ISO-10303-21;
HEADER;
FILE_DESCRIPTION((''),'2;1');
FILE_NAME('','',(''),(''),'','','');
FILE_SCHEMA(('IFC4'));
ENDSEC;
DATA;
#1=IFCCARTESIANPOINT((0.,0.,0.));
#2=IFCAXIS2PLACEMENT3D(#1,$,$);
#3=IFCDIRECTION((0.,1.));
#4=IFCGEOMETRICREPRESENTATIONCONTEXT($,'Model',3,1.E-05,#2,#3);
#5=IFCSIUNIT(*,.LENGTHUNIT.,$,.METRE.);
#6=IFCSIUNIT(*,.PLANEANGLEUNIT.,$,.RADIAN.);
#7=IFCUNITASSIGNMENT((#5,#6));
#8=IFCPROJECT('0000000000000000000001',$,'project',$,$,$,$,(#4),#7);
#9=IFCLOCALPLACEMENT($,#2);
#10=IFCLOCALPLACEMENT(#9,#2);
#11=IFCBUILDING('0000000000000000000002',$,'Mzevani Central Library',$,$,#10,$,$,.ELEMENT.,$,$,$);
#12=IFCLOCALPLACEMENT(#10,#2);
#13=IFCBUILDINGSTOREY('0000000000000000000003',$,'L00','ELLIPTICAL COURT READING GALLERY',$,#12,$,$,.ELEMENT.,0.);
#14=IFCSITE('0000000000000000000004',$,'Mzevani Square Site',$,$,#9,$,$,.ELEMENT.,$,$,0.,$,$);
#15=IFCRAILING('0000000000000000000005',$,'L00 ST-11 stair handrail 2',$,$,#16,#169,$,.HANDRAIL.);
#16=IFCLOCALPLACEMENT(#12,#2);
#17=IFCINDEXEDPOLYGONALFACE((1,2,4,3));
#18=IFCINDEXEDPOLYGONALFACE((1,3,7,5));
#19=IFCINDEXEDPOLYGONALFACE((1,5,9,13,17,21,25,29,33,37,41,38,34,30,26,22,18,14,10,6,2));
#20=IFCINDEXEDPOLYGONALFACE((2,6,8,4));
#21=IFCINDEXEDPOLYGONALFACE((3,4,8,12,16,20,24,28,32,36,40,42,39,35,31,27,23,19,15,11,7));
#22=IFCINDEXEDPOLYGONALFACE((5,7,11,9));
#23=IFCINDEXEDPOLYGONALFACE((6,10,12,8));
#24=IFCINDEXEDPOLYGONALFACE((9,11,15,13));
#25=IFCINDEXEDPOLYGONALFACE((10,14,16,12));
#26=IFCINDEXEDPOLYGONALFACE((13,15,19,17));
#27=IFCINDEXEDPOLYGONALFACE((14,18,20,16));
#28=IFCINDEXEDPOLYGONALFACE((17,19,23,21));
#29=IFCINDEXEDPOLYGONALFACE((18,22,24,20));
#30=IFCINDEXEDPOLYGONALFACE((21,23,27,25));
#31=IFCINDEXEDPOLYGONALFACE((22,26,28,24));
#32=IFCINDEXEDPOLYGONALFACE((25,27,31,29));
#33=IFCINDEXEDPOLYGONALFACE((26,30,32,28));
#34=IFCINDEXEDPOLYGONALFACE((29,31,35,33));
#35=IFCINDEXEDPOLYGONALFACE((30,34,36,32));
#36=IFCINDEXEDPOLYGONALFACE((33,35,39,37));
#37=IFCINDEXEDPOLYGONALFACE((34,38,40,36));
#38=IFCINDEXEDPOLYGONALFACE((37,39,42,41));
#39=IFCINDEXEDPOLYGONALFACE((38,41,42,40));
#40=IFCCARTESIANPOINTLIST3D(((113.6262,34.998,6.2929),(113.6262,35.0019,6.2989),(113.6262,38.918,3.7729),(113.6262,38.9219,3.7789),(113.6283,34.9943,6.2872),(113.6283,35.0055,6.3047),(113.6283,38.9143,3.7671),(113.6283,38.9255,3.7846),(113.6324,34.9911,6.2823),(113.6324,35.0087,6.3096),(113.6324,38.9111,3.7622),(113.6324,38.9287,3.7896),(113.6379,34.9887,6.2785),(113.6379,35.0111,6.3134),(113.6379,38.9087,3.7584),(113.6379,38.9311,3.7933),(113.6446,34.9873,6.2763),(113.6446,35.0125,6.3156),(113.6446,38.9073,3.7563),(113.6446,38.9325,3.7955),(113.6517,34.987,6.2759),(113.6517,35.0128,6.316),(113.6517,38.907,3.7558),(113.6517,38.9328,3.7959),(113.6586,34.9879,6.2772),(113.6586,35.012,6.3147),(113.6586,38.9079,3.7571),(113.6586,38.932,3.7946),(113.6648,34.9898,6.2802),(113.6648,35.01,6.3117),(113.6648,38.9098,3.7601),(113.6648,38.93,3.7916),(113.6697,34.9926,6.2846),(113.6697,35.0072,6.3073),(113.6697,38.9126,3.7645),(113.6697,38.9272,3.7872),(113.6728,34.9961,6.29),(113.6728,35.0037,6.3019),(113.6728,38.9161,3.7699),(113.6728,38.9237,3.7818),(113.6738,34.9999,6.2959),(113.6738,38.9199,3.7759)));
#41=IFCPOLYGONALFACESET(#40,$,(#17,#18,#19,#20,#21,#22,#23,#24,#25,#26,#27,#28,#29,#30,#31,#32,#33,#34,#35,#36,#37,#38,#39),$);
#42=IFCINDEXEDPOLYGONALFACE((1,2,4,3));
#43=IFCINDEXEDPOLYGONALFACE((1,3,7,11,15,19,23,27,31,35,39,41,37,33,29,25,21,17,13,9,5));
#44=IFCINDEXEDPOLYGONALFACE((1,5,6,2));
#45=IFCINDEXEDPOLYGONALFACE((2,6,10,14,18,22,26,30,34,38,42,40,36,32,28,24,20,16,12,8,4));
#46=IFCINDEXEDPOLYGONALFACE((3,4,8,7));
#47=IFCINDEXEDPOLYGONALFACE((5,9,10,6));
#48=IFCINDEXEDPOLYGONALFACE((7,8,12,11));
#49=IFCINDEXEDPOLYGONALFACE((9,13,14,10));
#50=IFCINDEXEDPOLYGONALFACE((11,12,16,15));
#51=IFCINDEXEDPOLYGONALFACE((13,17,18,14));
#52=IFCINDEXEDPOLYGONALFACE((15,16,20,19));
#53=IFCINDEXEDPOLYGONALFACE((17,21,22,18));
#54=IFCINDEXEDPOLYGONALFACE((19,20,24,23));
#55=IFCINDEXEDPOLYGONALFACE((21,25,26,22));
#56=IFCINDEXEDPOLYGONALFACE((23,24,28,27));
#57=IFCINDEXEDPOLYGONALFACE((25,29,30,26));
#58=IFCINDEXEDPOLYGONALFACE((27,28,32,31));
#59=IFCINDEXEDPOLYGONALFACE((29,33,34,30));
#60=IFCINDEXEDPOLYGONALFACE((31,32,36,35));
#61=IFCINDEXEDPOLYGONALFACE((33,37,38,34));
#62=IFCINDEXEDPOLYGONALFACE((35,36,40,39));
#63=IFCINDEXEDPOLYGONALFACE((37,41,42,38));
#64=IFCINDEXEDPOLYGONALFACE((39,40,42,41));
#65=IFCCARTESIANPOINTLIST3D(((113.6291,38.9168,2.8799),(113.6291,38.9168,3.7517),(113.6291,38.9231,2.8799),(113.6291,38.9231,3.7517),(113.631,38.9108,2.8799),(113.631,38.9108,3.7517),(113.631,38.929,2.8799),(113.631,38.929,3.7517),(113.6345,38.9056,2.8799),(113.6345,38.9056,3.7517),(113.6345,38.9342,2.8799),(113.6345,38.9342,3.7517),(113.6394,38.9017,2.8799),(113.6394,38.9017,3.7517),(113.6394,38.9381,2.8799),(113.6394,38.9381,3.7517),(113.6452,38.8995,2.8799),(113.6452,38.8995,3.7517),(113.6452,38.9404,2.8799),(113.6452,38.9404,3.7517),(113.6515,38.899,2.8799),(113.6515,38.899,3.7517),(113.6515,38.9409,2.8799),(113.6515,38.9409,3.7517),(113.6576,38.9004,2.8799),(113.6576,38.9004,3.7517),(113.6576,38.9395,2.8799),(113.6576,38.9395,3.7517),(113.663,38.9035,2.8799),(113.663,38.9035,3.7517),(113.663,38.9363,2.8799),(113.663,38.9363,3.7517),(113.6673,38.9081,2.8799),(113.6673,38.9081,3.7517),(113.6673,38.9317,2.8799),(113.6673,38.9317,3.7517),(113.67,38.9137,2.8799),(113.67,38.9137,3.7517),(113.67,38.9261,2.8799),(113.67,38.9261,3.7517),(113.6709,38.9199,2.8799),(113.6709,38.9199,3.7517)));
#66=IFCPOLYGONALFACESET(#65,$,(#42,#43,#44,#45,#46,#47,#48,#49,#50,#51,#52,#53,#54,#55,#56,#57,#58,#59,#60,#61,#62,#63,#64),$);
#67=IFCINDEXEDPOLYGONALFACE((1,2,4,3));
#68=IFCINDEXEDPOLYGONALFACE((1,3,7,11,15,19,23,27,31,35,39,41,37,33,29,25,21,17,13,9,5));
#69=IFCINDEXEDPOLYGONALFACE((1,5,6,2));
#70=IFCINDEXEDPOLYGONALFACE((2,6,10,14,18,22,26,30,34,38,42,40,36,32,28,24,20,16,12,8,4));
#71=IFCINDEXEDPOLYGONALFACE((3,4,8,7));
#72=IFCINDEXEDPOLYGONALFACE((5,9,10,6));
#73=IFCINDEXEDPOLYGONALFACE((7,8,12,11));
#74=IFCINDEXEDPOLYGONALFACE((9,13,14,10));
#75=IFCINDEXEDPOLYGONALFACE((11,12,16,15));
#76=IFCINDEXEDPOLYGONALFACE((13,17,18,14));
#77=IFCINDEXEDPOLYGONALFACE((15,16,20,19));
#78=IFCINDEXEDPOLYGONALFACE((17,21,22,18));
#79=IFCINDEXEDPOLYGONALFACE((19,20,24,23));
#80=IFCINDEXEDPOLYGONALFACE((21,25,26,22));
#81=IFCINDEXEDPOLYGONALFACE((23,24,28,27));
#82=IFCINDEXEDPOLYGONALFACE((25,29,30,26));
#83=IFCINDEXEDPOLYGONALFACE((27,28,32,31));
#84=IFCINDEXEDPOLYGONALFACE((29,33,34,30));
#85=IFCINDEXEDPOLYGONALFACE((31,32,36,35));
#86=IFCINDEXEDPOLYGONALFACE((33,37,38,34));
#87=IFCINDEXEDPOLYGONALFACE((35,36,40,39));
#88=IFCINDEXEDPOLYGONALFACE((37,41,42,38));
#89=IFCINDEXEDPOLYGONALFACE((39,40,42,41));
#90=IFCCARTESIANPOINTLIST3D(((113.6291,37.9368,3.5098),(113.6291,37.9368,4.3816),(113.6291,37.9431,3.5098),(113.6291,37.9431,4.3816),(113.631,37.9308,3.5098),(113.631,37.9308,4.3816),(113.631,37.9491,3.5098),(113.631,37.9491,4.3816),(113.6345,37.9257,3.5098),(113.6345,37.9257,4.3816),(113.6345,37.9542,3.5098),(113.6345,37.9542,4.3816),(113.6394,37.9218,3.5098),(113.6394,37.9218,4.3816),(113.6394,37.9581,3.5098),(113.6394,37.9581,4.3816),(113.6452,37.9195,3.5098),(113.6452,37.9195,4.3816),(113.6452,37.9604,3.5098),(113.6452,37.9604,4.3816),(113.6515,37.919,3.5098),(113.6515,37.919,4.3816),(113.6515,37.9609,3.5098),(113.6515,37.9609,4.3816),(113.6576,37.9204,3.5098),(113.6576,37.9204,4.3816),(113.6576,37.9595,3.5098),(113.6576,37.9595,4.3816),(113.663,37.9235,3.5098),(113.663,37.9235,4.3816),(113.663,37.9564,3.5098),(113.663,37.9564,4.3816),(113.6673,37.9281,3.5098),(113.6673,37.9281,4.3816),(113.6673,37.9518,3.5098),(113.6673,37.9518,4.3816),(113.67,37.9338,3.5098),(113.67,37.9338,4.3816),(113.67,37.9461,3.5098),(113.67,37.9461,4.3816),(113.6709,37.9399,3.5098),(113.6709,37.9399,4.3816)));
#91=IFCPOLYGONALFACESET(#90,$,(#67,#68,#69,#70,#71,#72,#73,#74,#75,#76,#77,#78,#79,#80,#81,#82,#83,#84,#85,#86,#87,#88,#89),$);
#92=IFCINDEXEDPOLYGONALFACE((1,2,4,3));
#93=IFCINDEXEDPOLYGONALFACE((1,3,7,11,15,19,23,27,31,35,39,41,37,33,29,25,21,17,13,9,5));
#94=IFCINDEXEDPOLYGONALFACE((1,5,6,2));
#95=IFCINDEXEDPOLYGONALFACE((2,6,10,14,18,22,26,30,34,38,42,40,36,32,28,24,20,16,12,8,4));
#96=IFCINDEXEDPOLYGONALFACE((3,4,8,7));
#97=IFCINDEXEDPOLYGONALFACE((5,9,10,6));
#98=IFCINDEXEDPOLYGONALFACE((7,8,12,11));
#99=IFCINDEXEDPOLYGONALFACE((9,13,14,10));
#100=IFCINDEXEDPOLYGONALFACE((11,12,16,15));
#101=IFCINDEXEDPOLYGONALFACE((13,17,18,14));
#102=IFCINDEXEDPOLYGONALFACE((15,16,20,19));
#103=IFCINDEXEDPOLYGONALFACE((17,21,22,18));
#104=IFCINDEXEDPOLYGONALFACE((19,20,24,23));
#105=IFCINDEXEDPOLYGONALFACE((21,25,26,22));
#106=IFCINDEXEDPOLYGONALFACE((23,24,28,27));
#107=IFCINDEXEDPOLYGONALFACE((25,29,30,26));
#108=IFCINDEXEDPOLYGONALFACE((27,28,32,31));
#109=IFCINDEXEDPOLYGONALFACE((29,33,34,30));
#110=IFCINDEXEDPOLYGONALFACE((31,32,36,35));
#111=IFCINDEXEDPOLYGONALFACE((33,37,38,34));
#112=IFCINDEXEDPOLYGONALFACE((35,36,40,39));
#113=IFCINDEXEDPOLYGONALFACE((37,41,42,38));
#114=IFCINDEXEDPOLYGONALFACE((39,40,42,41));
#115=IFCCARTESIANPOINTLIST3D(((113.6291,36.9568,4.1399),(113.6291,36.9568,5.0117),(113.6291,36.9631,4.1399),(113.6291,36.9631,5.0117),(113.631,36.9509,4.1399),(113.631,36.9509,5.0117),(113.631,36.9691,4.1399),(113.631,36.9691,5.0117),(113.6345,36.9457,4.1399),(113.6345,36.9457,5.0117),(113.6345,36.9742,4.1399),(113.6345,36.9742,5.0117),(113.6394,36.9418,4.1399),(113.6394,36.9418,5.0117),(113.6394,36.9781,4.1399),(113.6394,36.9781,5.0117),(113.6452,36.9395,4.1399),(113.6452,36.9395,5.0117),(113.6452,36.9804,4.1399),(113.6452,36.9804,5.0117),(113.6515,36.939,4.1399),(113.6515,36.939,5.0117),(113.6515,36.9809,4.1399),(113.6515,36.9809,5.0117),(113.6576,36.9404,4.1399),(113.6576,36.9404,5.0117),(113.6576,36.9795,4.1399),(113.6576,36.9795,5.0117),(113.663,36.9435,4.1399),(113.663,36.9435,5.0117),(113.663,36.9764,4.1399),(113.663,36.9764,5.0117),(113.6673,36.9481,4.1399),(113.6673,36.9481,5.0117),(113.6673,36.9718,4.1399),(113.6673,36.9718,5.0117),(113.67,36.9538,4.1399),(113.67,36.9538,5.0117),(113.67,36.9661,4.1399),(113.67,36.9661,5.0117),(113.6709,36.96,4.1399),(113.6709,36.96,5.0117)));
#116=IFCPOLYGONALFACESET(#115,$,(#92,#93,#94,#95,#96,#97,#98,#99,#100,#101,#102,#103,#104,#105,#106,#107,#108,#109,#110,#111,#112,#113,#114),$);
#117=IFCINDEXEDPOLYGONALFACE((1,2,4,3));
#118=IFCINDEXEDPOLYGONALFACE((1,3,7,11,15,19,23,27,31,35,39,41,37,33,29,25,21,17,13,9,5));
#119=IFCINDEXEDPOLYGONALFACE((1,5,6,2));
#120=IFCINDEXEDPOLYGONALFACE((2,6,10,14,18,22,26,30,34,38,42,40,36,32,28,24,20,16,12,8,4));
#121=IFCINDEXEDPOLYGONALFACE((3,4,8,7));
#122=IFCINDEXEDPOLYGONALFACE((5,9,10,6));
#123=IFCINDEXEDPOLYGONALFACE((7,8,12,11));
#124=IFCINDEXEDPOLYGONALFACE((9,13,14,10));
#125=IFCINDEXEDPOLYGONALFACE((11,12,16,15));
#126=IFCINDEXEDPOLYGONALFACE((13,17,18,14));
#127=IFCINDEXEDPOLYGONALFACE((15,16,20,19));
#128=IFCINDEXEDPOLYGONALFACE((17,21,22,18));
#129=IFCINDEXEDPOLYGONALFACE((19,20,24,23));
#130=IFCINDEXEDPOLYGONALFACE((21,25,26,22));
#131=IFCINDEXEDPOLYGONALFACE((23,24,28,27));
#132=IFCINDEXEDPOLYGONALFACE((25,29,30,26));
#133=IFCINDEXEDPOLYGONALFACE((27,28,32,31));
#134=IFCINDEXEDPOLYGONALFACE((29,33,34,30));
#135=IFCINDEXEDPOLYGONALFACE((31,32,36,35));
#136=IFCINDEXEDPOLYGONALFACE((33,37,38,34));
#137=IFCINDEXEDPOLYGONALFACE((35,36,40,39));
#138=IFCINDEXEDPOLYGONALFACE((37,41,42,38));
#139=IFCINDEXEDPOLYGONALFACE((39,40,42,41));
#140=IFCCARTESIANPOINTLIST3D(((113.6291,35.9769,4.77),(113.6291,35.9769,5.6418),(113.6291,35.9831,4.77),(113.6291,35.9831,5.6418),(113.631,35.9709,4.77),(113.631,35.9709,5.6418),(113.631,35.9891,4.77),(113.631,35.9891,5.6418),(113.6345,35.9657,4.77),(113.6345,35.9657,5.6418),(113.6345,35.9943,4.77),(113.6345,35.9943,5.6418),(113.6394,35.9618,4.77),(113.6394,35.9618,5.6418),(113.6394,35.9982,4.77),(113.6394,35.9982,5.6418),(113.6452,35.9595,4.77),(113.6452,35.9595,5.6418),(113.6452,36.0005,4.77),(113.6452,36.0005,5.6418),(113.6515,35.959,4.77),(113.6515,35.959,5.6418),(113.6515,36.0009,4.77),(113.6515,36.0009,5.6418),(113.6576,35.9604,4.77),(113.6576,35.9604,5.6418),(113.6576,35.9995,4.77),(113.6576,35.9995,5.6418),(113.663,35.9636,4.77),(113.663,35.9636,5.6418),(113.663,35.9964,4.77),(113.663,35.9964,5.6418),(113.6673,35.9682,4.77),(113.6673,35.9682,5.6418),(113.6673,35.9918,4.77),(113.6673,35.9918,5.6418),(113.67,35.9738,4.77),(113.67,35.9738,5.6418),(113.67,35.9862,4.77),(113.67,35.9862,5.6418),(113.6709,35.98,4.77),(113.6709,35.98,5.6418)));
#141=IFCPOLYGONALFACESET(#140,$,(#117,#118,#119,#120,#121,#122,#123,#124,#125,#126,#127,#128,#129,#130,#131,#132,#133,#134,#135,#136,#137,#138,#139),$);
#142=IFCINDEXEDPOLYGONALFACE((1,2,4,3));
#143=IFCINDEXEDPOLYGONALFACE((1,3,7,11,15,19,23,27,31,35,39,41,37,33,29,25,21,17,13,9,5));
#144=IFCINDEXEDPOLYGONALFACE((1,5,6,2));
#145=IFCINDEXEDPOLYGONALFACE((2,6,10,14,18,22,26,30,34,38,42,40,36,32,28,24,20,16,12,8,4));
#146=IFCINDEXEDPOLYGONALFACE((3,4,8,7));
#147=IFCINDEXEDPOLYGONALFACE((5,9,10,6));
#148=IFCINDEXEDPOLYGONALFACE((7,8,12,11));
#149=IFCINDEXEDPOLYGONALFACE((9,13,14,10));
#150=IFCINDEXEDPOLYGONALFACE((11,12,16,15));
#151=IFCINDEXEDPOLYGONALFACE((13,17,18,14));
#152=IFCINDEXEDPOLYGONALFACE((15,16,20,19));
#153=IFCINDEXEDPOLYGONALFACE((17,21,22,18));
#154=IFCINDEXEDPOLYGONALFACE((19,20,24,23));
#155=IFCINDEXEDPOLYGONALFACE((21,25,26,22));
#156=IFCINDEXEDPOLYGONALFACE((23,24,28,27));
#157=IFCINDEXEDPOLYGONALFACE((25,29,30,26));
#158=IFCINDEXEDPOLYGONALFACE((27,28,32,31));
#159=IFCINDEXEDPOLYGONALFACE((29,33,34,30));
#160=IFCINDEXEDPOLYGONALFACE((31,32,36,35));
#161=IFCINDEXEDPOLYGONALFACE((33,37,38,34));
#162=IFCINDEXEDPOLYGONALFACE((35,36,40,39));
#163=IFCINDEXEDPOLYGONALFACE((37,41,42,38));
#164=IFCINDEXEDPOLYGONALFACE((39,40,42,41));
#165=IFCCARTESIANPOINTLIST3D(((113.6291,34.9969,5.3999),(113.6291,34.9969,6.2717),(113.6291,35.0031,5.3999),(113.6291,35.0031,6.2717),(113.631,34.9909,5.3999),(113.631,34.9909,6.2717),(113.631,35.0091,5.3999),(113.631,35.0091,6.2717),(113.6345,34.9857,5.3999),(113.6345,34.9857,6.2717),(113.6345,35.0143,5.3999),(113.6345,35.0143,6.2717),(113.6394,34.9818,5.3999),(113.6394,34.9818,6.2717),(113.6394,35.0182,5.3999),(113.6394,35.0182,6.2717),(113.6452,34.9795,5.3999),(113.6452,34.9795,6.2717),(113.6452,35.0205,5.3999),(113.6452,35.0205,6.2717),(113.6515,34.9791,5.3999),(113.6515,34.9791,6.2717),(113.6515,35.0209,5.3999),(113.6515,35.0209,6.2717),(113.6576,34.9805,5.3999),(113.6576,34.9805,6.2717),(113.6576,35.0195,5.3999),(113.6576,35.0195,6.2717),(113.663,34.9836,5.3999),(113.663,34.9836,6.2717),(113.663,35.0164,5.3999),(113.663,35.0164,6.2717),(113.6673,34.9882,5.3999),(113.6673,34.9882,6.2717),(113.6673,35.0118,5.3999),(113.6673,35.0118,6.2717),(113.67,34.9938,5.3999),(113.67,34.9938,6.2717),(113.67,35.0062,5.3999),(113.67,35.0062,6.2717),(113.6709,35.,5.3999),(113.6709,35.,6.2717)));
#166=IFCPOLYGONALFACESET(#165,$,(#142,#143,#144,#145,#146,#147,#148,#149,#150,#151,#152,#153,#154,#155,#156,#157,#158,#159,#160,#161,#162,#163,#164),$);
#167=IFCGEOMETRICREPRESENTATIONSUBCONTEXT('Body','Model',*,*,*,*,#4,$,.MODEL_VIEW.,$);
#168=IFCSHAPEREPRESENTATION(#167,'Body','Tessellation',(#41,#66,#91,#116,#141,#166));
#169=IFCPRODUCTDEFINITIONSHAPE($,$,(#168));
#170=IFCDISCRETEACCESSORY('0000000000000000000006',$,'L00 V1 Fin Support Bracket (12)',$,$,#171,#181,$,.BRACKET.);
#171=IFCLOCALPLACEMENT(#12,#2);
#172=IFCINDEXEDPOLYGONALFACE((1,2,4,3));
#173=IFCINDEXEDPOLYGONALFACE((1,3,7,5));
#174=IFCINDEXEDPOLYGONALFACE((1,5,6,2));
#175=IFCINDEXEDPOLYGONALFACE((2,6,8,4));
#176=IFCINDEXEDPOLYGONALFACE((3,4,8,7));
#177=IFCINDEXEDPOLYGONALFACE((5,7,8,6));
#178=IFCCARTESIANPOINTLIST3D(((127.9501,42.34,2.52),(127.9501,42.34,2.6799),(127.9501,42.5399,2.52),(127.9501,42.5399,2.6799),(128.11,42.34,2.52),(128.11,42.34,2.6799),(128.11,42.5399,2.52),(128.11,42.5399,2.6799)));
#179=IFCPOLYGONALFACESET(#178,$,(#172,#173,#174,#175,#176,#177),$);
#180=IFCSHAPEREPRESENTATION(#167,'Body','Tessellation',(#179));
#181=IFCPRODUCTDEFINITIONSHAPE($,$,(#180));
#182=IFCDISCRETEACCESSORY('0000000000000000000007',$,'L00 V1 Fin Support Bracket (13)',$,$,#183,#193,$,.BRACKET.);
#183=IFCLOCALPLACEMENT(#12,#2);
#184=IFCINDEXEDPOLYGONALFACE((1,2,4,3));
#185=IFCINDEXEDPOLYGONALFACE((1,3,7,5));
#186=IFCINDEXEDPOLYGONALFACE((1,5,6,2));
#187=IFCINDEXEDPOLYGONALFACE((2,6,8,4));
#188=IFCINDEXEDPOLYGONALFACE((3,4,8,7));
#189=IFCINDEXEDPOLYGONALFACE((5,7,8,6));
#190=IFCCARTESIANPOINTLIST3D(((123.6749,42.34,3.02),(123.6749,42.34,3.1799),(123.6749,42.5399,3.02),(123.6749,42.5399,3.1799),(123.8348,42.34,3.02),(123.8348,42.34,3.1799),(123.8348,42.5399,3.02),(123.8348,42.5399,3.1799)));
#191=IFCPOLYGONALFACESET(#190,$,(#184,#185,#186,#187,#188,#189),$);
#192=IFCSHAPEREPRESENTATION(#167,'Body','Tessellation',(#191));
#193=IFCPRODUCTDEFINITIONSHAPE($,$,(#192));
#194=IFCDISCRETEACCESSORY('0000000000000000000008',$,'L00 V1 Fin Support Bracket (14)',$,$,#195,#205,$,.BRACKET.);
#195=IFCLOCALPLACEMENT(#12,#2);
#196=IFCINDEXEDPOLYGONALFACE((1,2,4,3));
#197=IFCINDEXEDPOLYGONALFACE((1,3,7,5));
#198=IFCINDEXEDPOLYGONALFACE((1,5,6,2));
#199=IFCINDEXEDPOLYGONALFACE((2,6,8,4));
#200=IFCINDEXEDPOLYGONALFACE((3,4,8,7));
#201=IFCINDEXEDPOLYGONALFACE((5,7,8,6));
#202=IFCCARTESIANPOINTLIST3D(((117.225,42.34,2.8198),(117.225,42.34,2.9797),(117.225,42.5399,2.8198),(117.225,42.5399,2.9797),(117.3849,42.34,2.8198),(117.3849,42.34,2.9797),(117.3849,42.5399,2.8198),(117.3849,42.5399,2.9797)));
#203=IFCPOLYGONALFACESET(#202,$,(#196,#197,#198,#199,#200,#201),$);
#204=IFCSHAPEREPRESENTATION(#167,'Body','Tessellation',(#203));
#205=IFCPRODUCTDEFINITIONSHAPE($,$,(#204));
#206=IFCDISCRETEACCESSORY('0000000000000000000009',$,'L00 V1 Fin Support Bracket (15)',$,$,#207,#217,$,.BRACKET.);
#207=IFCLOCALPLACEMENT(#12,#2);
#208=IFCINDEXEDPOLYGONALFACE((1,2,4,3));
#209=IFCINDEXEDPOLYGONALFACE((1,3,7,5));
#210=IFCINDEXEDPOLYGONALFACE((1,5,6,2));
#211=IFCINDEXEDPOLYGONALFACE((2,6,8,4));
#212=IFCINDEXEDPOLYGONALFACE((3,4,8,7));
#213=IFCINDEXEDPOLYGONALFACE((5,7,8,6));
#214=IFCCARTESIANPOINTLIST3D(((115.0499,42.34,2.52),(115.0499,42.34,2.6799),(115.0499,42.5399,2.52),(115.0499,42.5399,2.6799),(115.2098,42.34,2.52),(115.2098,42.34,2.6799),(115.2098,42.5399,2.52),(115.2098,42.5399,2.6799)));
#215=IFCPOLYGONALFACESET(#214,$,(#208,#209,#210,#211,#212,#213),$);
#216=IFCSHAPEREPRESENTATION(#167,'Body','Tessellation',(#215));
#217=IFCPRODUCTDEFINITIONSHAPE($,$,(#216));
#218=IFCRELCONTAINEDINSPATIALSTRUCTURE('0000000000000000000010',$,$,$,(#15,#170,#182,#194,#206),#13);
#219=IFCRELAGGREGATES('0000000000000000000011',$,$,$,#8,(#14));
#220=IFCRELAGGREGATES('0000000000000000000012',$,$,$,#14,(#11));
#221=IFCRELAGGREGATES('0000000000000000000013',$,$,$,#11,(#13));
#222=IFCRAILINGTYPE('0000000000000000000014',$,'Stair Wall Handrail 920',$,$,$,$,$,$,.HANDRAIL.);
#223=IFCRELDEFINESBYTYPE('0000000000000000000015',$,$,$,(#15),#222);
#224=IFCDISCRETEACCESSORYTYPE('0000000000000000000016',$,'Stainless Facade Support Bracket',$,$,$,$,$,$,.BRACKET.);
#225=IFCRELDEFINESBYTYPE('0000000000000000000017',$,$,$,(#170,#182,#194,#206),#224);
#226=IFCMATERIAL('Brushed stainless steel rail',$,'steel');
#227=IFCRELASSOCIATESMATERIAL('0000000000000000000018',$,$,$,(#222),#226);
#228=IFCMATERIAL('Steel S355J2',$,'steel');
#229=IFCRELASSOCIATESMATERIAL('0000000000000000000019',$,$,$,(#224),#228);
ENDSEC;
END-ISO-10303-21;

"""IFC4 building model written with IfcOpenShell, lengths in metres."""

from ifc_helpers import new_model, si_unit, direction, frame, origin, origin_2d, place, context, subcontext, project, spatial, rectangle, circle, extrude, material, type_object, element, save


model = new_model("IFC4")

# Units and contexts
model_context = context("Model", 3, precision=1e-05, world=origin(), true_north=direction((0.0, 1.0)))
body_context = subcontext(model_context, "Body", "Model", "MODEL_VIEW")
ifc_project = project(units=[si_unit("LENGTHUNIT", "METRE"), si_unit("PLANEANGLEUNIT", "RADIAN")], contexts=[model_context])

# Site, building, storey
site_placement = place(None, origin())
site = spatial("IfcSite", under=ifc_project, at=site_placement, Name="Mzevani Square Site", CompositionType="ELEMENT", RefElevation=0.0)
building_placement = place(site_placement, origin())
building = spatial("IfcBuilding", under=site, at=building_placement, Name="Mzevani Central Library", CompositionType="ELEMENT")
storey_placement = place(building_placement, origin())
storey = spatial("IfcBuildingStorey", under=building, at=storey_placement, Name="L00", Description="ELLIPTICAL COURT READING GALLERY", CompositionType="ELEMENT", Elevation=0.0)

# Shared definitions
ifc_material_1 = material(Name="Steel S355J2", Category="steel")

# Shared definitions
ifc_material_2 = material(Name="Brushed stainless steel rail", Category="steel")

# Railing
railing_type_1 = type_object("IfcRailingType", Name="Stair Wall Handrail 920", PredefinedType="HANDRAIL", material=ifc_material_2)
railing_1_placement = place(storey_placement, frame((113.6499, 38.9199, 2.8799)))
element("IfcRailing", 1, at=railing_1_placement, inside=storey, type_object=railing_type_1, Name="L00 ST-11 stair handrail 2", PredefinedType="HANDRAIL", context=body_context, shape_type="SweptSolid", body=[
    extrude(circle(Radius=0.0239, at=origin_2d()), frame((0.0, 0.0, 0.896), z_axis=(0.0, -0.841172, 0.540768), x_axis=(1.0, 0.0, 0.0)), (0.0, 0.0, 1.0), 4.6602),
    extrude(circle(Radius=0.021, at=origin_2d()), origin(), (0.0, 0.0, 1.0), 0.8718),
    extrude(circle(Radius=0.021, at=origin_2d()), frame((0.0, -0.98, 0.6299)), (0.0, 0.0, 1.0), 0.8718),
    extrude(circle(Radius=0.021, at=origin_2d()), frame((0.0, -1.96, 1.26)), (0.0, 0.0, 1.0), 0.8718),
    extrude(circle(Radius=0.021, at=origin_2d()), frame((0.0, -2.9399, 1.8901)), (0.0, 0.0, 1.0), 0.8718),
    extrude(circle(Radius=0.021, at=origin_2d()), frame((0.0, -3.9199, 2.52)), (0.0, 0.0, 1.0), 0.8718),
])

# Discrete accessories
discrete_accessory_type = type_object("IfcDiscreteAccessoryType", Name="Stainless Facade Support Bracket", PredefinedType="BRACKET", material=ifc_material_1)
for number, where, z_axis, x_axis, name in (
    (2, (128.03, 42.4399, 2.52), (0.0, 0.0, 1.0), (-1.0, 0.0, 0.0), "L00 V1 Fin Support Bracket (12)"),
    (3, (123.7549, 42.4399, 3.02), (0.0, 0.0, 1.0), (-1.0, 0.0, 0.0), "L00 V1 Fin Support Bracket (13)"),
    (4, (117.3049, 42.4399, 2.8198), (0.0, 0.0, 1.0), (-1.0, 0.0, 0.0), "L00 V1 Fin Support Bracket (14)"),
    (5, (115.1299, 42.4399, 2.52), (0.0, 0.0, 1.0), (-1.0, 0.0, 0.0), "L00 V1 Fin Support Bracket (15)"),
):
    element("IfcDiscreteAccessory", number, at=place(storey_placement, frame(where, z_axis=z_axis, x_axis=x_axis)), inside=storey, type_object=discrete_accessory_type, Name=name, PredefinedType="BRACKET", context=body_context, shape_type="SweptSolid", body=[
        extrude(rectangle(XDim=0.1599, YDim=0.2, at=origin_2d()), origin(), (0.0, 0.0, 1.0), 0.1599),
    ])

save(model, "model.ifc")
